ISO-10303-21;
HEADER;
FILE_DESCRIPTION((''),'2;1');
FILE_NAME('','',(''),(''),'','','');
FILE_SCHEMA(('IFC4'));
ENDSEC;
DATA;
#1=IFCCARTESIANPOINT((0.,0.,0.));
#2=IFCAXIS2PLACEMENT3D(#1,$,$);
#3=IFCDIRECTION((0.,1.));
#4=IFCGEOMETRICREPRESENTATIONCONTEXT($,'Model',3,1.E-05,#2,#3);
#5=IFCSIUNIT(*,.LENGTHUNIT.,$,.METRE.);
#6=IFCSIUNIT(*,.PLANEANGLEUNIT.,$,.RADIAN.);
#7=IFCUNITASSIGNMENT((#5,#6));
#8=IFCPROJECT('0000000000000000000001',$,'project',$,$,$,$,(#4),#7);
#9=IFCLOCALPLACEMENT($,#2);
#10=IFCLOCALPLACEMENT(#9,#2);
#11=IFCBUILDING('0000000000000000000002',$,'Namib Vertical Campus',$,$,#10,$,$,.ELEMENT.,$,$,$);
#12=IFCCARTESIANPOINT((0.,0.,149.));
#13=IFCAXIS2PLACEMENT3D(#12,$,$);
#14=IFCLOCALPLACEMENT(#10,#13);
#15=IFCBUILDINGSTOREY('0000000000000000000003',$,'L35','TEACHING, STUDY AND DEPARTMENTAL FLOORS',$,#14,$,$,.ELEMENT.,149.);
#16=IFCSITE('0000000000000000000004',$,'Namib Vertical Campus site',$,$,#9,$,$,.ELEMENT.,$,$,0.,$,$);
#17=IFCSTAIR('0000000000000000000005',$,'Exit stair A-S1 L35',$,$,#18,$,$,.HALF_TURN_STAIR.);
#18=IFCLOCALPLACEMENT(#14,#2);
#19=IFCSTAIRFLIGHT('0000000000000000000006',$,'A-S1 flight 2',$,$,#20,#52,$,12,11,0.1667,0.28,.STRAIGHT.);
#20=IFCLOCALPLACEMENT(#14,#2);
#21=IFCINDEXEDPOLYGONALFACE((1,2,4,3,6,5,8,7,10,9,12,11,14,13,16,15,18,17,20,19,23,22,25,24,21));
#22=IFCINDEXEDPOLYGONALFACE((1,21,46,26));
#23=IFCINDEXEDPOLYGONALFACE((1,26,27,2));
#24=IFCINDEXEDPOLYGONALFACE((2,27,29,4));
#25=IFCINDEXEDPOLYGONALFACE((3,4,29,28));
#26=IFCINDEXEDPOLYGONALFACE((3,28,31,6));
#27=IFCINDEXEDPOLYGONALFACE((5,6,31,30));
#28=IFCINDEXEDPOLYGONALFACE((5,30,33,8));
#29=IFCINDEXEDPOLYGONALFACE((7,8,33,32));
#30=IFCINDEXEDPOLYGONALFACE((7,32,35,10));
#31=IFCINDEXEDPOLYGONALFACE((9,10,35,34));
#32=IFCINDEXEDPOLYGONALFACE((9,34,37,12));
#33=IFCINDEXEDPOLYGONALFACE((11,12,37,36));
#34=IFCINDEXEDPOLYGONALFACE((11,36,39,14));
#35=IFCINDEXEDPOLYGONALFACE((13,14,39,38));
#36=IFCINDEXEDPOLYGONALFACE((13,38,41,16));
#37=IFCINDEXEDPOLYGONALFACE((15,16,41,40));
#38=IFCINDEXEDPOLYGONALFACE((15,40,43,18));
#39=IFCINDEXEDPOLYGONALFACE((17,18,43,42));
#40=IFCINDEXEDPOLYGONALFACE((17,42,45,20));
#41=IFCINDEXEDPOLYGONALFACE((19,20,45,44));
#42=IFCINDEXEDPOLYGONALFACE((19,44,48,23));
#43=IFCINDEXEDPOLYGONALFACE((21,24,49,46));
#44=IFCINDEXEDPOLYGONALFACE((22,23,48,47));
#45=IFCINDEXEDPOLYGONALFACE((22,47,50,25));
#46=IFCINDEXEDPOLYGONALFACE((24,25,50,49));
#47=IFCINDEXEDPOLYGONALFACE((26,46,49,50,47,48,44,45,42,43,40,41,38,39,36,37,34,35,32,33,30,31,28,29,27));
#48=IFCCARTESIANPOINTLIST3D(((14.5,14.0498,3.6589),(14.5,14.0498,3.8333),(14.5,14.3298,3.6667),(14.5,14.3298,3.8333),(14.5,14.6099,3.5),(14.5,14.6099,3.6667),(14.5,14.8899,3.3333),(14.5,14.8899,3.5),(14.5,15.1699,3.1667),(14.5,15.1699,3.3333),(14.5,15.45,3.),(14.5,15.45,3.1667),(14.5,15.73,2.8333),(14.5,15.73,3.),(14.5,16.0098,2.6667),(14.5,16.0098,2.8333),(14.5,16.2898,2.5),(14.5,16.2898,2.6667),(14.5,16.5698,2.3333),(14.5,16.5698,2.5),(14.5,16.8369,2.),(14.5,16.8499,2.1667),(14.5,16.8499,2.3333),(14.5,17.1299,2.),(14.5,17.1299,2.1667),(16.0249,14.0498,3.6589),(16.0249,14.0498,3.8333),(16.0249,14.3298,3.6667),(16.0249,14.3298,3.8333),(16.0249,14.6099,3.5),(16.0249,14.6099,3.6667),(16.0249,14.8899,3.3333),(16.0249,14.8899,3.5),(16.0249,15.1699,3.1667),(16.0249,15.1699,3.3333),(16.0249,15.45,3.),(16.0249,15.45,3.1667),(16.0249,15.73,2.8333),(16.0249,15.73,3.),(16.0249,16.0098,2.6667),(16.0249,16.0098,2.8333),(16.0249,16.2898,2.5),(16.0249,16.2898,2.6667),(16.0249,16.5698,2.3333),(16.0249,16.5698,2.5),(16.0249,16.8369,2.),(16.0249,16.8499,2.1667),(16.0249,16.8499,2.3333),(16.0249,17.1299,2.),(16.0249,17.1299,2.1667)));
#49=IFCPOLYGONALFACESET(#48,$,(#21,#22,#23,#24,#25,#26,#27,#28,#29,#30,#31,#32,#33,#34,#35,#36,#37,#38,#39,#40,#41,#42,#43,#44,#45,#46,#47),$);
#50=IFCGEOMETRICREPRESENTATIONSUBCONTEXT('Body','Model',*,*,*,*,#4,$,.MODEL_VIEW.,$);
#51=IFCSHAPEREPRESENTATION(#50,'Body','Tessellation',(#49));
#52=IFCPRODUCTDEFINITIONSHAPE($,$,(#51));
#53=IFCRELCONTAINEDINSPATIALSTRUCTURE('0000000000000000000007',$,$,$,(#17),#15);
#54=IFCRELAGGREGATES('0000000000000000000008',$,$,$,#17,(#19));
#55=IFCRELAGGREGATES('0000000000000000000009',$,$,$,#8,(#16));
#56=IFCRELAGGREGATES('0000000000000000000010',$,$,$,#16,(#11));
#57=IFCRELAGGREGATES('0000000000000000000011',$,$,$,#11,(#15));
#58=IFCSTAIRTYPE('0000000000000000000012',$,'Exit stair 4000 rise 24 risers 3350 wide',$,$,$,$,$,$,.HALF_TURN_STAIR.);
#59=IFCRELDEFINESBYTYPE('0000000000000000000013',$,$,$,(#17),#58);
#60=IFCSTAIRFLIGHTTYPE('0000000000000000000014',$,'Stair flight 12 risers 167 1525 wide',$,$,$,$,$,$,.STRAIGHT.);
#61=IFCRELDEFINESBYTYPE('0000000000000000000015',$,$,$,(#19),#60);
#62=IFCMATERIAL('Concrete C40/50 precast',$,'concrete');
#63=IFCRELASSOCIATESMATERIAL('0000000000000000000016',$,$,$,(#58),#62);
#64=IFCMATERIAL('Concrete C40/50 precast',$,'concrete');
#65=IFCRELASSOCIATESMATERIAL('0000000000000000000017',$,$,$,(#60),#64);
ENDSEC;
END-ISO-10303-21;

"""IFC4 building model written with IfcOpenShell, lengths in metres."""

from ifc_helpers import new_model, si_unit, direction, frame, origin, place, context, subcontext, project, spatial, polyline, outline, extrude, material, type_object, element, aggregate, save


model = new_model("IFC4")

# Units and contexts
model_context = context("Model", 3, precision=1e-05, world=origin(), true_north=direction((0.0, 1.0)))
body_context = subcontext(model_context, "Body", "Model", "MODEL_VIEW")
ifc_project = project(units=[si_unit("LENGTHUNIT", "METRE"), si_unit("PLANEANGLEUNIT", "RADIAN")], contexts=[model_context])

# Site, building, storey
site_placement = place(None, origin())
site = spatial("IfcSite", under=ifc_project, at=site_placement, Name="Namib Vertical Campus site", CompositionType="ELEMENT", RefElevation=0.0)
building_placement = place(site_placement, origin())
building = spatial("IfcBuilding", under=site, at=building_placement, Name="Namib Vertical Campus", CompositionType="ELEMENT")
storey_placement = place(building_placement, frame((0.0, 0.0, 149.0)))
storey = spatial("IfcBuildingStorey", under=building, at=storey_placement, Name="L35", Description="TEACHING, STUDY AND DEPARTMENTAL FLOORS", CompositionType="ELEMENT", Elevation=149.0)

# Stair, stair flight
ifc_material_1 = material(Name="Concrete C40/50 precast", Category="concrete")
stair_type = type_object("IfcStairType", Name="Exit stair 4000 rise 24 risers 3350 wide", PredefinedType="HALF_TURN_STAIR", material=ifc_material_1)
stair_placement = place(storey_placement, origin())
stair = element("IfcStair", 1, at=stair_placement, inside=storey, type_object=stair_type, Name="Exit stair A-S1 L35", PredefinedType="HALF_TURN_STAIR")
ifc_material_2 = material(Name="Concrete C40/50 precast", Category="concrete")
stair_flight_type = type_object("IfcStairFlightType", Name="Stair flight 12 risers 167 1525 wide", PredefinedType="STRAIGHT", material=ifc_material_2)
stair_flight_1_placement = place(storey_placement, frame((15.2625, 17.1299, 2.0), z_axis=(0.0, 0.0, 1.0), x_axis=(0.0, -1.0, 0.0)))
stair_flight_1 = element("IfcStairFlight", 2, at=stair_flight_1_placement, type_object=stair_flight_type, Name="A-S1 flight 2", NumberOfRisers=12, NumberOfTreads=11, PredefinedType="STRAIGHT", RiserHeight=0.1667, TreadLength=0.28, context=body_context, shape_type="SweptSolid", body=[
    extrude(outline(polyline([(0.0, 0.0), (0.0, 0.1667), (0.28, 0.1667), (0.28, 0.3333), (0.5601, 0.3333), (0.5601, 0.5), (0.8401, 0.5), (0.8401, 0.6667), (1.1201, 0.6667), (1.1201, 0.8333), (1.3999, 0.8333), (1.3999, 1.0), (1.6799, 1.0), (1.6799, 1.1667), (1.96, 1.1667), (1.96, 1.3333), (2.24, 1.3333), (2.24, 1.5), (2.52, 1.5), (2.52, 1.6667), (2.8, 1.6667), (2.8, 1.8333), (3.0801, 1.8333), (3.0801, 2.0), (3.0801, 1.6589), (0.293, 0.0), (0.0, 0.0)])), frame((0.0, 0.7625, 0.0), z_axis=(0.0, -1.0, 0.0), x_axis=(1.0, 0.0, 0.0)), (0.0, 0.0, 1.0), 1.5249),
])
aggregate(stair, [stair_flight_1])

save(model, "model.ifc")
